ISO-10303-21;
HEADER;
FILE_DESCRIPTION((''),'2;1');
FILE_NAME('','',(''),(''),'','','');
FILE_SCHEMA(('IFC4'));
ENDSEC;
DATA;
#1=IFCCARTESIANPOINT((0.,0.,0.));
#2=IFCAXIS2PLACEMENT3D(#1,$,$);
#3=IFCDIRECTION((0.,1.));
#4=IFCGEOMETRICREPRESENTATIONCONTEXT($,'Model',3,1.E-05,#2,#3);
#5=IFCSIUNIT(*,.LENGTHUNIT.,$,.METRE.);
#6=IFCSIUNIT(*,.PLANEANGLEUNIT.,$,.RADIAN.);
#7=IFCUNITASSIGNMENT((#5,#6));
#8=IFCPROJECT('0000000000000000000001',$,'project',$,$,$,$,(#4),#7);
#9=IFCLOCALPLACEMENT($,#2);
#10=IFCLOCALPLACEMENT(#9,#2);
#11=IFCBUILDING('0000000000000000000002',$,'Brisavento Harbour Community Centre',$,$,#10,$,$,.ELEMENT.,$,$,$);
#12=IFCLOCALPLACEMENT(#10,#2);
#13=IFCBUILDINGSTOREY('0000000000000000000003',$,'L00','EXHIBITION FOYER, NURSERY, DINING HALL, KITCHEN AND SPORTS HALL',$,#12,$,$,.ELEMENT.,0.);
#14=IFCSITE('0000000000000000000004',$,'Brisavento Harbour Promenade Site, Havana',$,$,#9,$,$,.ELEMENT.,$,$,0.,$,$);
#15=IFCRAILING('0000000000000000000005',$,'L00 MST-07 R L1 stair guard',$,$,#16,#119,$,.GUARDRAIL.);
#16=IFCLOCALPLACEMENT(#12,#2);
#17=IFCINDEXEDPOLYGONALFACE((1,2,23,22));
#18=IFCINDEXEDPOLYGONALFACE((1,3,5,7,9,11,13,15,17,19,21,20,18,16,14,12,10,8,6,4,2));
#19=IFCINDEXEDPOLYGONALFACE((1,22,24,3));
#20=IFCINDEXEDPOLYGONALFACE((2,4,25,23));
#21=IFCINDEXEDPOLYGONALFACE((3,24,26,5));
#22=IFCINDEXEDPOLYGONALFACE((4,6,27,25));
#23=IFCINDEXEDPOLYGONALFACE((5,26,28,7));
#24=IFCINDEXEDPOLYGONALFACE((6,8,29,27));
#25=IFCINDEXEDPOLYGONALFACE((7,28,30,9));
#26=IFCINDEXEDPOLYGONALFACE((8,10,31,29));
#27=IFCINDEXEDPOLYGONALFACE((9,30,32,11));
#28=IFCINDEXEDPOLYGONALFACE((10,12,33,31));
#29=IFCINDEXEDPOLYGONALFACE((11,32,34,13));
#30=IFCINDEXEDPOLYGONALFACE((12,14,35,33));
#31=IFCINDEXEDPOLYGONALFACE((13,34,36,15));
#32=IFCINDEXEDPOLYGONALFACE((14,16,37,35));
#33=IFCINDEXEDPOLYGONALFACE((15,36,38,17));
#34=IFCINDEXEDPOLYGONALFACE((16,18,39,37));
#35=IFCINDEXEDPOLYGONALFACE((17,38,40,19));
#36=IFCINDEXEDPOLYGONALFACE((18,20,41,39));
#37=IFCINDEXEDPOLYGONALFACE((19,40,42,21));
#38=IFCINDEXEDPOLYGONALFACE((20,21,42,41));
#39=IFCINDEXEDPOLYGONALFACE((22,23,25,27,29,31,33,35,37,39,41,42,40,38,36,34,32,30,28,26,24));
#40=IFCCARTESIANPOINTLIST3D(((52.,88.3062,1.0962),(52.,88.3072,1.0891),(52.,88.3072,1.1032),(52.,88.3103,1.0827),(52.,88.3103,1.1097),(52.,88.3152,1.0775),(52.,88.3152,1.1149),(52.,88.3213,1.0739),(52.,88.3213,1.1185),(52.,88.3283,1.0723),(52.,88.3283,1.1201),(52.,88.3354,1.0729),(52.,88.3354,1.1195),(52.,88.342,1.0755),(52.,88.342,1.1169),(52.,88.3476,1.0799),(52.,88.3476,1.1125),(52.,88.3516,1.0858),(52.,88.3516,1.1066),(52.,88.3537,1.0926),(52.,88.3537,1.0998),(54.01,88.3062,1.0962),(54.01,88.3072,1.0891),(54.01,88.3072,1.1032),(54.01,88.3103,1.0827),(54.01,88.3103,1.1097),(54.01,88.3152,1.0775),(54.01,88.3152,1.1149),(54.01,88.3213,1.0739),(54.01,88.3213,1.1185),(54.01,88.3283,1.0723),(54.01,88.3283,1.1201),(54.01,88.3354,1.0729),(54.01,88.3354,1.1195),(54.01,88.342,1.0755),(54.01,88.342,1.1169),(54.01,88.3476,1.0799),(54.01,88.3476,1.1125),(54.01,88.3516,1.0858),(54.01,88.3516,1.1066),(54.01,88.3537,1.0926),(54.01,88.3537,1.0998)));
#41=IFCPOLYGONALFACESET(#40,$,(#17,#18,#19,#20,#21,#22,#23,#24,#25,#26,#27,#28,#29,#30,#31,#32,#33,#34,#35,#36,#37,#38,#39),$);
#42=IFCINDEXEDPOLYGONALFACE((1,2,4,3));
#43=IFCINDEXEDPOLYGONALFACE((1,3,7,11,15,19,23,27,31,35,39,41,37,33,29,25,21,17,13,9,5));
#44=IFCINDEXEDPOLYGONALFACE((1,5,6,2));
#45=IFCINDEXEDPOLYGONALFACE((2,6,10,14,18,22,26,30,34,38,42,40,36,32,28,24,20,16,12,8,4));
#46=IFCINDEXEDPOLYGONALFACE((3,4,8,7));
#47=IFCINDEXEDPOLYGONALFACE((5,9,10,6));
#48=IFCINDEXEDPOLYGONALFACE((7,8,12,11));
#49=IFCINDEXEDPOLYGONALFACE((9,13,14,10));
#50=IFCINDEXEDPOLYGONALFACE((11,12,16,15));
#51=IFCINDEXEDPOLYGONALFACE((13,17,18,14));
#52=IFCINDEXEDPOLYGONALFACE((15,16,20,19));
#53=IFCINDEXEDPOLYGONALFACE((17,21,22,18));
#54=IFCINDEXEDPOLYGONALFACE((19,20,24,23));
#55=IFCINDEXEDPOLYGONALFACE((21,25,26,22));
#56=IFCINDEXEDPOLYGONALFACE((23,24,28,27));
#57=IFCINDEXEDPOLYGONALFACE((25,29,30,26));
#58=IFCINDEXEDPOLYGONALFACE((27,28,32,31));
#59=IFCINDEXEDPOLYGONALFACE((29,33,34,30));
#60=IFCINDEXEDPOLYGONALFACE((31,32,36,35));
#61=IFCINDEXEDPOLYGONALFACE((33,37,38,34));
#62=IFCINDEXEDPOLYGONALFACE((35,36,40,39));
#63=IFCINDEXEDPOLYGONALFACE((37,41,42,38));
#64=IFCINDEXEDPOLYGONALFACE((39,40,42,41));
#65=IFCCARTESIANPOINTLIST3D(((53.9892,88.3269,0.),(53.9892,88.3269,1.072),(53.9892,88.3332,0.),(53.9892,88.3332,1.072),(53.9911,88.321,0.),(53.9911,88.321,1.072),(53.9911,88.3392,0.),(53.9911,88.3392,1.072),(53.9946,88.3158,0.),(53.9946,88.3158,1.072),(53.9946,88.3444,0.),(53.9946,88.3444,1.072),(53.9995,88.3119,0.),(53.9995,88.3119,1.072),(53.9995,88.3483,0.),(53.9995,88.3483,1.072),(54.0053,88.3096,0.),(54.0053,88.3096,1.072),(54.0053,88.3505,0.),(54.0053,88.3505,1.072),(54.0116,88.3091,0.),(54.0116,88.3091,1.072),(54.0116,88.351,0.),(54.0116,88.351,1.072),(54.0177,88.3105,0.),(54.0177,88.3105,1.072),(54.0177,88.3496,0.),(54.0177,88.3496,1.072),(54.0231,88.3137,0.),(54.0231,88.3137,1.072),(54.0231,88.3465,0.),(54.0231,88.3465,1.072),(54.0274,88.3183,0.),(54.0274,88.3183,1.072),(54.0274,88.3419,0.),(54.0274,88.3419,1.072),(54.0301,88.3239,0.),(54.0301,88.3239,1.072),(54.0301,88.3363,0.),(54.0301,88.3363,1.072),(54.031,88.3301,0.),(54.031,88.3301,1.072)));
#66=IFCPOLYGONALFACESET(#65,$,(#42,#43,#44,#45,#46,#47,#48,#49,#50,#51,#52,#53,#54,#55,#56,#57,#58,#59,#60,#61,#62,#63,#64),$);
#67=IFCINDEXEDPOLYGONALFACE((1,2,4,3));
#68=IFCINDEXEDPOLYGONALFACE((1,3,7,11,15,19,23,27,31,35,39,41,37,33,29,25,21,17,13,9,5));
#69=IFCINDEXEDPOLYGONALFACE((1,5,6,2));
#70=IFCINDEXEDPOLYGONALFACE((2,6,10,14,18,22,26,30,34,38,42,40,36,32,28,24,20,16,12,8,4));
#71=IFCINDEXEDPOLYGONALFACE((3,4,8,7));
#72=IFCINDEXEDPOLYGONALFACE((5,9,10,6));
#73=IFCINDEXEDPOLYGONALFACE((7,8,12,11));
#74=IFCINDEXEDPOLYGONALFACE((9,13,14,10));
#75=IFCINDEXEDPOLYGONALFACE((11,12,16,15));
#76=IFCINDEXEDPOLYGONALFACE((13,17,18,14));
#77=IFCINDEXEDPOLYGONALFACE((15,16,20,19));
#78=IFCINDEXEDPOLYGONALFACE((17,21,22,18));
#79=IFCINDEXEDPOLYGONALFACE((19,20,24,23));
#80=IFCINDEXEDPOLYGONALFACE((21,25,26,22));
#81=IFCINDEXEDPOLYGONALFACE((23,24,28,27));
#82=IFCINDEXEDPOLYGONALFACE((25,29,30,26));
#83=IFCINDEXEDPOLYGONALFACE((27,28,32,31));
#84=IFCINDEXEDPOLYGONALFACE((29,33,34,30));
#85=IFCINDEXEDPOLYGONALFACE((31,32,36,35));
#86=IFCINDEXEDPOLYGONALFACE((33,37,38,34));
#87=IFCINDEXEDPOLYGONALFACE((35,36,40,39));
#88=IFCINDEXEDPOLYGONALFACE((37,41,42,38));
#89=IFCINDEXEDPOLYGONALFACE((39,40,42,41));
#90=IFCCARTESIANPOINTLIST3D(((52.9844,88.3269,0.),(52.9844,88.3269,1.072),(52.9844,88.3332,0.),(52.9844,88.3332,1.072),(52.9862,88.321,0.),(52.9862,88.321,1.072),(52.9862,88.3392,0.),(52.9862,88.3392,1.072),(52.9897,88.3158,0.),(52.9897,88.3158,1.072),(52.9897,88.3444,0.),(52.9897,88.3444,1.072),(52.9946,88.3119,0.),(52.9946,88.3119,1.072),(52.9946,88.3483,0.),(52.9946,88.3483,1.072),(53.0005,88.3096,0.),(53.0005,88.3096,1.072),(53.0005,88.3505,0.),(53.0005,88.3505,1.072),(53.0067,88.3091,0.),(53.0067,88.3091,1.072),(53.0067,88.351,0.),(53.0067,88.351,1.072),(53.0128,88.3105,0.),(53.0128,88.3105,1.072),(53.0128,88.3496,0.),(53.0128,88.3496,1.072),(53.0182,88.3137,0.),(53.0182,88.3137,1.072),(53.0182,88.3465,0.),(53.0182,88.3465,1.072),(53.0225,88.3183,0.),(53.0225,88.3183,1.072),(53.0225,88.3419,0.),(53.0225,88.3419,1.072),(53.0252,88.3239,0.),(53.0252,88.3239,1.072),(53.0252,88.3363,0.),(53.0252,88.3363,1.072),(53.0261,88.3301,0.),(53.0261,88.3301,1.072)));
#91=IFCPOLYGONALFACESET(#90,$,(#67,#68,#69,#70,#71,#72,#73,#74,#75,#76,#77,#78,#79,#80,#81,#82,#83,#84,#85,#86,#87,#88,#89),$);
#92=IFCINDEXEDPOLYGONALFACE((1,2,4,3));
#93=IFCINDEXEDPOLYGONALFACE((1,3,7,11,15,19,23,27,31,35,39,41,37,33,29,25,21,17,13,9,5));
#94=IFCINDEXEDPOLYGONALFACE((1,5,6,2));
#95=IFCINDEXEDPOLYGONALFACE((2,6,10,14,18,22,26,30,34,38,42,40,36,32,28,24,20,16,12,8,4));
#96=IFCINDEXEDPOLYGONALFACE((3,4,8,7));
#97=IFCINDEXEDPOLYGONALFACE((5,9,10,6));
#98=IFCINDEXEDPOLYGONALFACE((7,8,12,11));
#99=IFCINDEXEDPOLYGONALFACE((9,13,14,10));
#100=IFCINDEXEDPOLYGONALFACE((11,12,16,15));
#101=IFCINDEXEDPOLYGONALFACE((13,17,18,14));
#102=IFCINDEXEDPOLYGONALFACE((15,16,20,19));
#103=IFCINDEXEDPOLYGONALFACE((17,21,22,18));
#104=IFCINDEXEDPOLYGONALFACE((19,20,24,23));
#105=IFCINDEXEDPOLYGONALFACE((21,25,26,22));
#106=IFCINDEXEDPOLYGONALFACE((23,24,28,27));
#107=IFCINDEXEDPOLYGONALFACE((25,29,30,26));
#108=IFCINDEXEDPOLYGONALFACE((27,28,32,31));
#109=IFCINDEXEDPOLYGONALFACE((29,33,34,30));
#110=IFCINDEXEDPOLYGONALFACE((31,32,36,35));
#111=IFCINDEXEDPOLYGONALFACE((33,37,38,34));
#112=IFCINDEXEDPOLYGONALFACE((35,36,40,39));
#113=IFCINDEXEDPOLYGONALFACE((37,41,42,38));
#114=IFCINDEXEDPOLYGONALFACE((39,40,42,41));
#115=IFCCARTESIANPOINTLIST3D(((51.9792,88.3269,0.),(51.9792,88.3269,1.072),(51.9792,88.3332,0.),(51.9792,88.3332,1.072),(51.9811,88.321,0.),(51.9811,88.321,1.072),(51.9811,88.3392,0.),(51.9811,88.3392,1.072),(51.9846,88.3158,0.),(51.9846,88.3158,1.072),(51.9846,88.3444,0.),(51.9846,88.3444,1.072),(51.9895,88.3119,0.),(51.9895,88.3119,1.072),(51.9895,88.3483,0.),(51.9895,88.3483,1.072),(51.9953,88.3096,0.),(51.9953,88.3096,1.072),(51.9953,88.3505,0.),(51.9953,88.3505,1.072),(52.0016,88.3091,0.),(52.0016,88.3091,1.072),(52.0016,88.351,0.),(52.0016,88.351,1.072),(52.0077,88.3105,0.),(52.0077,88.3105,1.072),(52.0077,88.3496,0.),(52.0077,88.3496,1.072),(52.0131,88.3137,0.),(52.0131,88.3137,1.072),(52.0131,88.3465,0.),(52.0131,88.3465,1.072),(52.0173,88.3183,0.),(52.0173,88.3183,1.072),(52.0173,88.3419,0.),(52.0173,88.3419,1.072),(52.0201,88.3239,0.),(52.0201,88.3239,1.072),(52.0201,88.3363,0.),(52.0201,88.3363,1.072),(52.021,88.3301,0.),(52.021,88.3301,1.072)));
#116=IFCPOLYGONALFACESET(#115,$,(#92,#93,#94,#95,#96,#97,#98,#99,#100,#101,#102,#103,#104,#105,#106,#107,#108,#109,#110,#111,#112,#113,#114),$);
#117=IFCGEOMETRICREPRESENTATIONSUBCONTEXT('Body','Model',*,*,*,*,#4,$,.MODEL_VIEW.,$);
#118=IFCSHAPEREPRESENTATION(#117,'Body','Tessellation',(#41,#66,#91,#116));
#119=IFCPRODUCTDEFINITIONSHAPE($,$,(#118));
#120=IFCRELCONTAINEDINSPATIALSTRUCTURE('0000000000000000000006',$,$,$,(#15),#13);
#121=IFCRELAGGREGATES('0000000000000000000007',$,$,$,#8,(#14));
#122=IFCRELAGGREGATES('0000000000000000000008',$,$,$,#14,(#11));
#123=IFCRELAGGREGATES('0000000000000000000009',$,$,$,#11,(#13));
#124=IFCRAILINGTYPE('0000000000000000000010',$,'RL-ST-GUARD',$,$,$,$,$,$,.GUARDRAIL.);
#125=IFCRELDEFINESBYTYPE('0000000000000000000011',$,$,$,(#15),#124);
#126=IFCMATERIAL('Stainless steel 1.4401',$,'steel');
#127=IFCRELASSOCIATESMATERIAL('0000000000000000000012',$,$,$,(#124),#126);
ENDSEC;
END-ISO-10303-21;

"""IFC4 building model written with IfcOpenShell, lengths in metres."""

from ifc_helpers import new_model, si_unit, direction, frame, origin, origin_2d, place, context, subcontext, project, spatial, circle, extrude, material, type_object, element, save


model = new_model("IFC4")

# Units and contexts
model_context = context("Model", 3, precision=1e-05, world=origin(), true_north=direction((0.0, 1.0)))
body_context = subcontext(model_context, "Body", "Model", "MODEL_VIEW")
ifc_project = project(units=[si_unit("LENGTHUNIT", "METRE"), si_unit("PLANEANGLEUNIT", "RADIAN")], contexts=[model_context])

# Site, building, storey
site_placement = place(None, origin())
site = spatial("IfcSite", under=ifc_project, at=site_placement, Name="Brisavento Harbour Promenade Site, Havana", CompositionType="ELEMENT", RefElevation=0.0)
building_placement = place(site_placement, origin())
building = spatial("IfcBuilding", under=site, at=building_placement, Name="Brisavento Harbour Community Centre", CompositionType="ELEMENT")
storey_placement = place(building_placement, origin())
storey = spatial("IfcBuildingStorey", under=building, at=storey_placement, Name="L00", Description="EXHIBITION FOYER, NURSERY, DINING HALL, KITCHEN AND SPORTS HALL", CompositionType="ELEMENT", Elevation=0.0)

# Railing
ifc_material_1 = material(Name="Stainless steel 1.4401", Category="steel")
railing_type = type_object("IfcRailingType", Name="RL-ST-GUARD", PredefinedType="GUARDRAIL", material=ifc_material_1)
railing_1_placement = place(storey_placement, frame((54.01, 88.3301, 0.0)))
element("IfcRailing", 1, at=railing_1_placement, inside=storey, type_object=railing_type, Name="L00 MST-07 R L1 stair guard", PredefinedType="GUARDRAIL", context=body_context, shape_type="SweptSolid", body=[
    extrude(circle(Radius=0.0239, at=origin_2d()), frame((0.0, 0.0, 1.0962), z_axis=(-1.0, 0.0, 0.0), x_axis=(0.0, -1.0, 0.0)), (0.0, 0.0, 1.0), 2.01),
    extrude(circle(Radius=0.021, at=origin_2d()), origin(), (0.0, 0.0, 1.0), 1.072),
    extrude(circle(Radius=0.021, at=origin_2d()), frame((-1.0049, 0.0, 0.0)), (0.0, 0.0, 1.0), 1.072),
    extrude(circle(Radius=0.021, at=origin_2d()), frame((-2.01, 0.0, 0.0)), (0.0, 0.0, 1.0), 1.072),
])

save(model, "model.ifc")
